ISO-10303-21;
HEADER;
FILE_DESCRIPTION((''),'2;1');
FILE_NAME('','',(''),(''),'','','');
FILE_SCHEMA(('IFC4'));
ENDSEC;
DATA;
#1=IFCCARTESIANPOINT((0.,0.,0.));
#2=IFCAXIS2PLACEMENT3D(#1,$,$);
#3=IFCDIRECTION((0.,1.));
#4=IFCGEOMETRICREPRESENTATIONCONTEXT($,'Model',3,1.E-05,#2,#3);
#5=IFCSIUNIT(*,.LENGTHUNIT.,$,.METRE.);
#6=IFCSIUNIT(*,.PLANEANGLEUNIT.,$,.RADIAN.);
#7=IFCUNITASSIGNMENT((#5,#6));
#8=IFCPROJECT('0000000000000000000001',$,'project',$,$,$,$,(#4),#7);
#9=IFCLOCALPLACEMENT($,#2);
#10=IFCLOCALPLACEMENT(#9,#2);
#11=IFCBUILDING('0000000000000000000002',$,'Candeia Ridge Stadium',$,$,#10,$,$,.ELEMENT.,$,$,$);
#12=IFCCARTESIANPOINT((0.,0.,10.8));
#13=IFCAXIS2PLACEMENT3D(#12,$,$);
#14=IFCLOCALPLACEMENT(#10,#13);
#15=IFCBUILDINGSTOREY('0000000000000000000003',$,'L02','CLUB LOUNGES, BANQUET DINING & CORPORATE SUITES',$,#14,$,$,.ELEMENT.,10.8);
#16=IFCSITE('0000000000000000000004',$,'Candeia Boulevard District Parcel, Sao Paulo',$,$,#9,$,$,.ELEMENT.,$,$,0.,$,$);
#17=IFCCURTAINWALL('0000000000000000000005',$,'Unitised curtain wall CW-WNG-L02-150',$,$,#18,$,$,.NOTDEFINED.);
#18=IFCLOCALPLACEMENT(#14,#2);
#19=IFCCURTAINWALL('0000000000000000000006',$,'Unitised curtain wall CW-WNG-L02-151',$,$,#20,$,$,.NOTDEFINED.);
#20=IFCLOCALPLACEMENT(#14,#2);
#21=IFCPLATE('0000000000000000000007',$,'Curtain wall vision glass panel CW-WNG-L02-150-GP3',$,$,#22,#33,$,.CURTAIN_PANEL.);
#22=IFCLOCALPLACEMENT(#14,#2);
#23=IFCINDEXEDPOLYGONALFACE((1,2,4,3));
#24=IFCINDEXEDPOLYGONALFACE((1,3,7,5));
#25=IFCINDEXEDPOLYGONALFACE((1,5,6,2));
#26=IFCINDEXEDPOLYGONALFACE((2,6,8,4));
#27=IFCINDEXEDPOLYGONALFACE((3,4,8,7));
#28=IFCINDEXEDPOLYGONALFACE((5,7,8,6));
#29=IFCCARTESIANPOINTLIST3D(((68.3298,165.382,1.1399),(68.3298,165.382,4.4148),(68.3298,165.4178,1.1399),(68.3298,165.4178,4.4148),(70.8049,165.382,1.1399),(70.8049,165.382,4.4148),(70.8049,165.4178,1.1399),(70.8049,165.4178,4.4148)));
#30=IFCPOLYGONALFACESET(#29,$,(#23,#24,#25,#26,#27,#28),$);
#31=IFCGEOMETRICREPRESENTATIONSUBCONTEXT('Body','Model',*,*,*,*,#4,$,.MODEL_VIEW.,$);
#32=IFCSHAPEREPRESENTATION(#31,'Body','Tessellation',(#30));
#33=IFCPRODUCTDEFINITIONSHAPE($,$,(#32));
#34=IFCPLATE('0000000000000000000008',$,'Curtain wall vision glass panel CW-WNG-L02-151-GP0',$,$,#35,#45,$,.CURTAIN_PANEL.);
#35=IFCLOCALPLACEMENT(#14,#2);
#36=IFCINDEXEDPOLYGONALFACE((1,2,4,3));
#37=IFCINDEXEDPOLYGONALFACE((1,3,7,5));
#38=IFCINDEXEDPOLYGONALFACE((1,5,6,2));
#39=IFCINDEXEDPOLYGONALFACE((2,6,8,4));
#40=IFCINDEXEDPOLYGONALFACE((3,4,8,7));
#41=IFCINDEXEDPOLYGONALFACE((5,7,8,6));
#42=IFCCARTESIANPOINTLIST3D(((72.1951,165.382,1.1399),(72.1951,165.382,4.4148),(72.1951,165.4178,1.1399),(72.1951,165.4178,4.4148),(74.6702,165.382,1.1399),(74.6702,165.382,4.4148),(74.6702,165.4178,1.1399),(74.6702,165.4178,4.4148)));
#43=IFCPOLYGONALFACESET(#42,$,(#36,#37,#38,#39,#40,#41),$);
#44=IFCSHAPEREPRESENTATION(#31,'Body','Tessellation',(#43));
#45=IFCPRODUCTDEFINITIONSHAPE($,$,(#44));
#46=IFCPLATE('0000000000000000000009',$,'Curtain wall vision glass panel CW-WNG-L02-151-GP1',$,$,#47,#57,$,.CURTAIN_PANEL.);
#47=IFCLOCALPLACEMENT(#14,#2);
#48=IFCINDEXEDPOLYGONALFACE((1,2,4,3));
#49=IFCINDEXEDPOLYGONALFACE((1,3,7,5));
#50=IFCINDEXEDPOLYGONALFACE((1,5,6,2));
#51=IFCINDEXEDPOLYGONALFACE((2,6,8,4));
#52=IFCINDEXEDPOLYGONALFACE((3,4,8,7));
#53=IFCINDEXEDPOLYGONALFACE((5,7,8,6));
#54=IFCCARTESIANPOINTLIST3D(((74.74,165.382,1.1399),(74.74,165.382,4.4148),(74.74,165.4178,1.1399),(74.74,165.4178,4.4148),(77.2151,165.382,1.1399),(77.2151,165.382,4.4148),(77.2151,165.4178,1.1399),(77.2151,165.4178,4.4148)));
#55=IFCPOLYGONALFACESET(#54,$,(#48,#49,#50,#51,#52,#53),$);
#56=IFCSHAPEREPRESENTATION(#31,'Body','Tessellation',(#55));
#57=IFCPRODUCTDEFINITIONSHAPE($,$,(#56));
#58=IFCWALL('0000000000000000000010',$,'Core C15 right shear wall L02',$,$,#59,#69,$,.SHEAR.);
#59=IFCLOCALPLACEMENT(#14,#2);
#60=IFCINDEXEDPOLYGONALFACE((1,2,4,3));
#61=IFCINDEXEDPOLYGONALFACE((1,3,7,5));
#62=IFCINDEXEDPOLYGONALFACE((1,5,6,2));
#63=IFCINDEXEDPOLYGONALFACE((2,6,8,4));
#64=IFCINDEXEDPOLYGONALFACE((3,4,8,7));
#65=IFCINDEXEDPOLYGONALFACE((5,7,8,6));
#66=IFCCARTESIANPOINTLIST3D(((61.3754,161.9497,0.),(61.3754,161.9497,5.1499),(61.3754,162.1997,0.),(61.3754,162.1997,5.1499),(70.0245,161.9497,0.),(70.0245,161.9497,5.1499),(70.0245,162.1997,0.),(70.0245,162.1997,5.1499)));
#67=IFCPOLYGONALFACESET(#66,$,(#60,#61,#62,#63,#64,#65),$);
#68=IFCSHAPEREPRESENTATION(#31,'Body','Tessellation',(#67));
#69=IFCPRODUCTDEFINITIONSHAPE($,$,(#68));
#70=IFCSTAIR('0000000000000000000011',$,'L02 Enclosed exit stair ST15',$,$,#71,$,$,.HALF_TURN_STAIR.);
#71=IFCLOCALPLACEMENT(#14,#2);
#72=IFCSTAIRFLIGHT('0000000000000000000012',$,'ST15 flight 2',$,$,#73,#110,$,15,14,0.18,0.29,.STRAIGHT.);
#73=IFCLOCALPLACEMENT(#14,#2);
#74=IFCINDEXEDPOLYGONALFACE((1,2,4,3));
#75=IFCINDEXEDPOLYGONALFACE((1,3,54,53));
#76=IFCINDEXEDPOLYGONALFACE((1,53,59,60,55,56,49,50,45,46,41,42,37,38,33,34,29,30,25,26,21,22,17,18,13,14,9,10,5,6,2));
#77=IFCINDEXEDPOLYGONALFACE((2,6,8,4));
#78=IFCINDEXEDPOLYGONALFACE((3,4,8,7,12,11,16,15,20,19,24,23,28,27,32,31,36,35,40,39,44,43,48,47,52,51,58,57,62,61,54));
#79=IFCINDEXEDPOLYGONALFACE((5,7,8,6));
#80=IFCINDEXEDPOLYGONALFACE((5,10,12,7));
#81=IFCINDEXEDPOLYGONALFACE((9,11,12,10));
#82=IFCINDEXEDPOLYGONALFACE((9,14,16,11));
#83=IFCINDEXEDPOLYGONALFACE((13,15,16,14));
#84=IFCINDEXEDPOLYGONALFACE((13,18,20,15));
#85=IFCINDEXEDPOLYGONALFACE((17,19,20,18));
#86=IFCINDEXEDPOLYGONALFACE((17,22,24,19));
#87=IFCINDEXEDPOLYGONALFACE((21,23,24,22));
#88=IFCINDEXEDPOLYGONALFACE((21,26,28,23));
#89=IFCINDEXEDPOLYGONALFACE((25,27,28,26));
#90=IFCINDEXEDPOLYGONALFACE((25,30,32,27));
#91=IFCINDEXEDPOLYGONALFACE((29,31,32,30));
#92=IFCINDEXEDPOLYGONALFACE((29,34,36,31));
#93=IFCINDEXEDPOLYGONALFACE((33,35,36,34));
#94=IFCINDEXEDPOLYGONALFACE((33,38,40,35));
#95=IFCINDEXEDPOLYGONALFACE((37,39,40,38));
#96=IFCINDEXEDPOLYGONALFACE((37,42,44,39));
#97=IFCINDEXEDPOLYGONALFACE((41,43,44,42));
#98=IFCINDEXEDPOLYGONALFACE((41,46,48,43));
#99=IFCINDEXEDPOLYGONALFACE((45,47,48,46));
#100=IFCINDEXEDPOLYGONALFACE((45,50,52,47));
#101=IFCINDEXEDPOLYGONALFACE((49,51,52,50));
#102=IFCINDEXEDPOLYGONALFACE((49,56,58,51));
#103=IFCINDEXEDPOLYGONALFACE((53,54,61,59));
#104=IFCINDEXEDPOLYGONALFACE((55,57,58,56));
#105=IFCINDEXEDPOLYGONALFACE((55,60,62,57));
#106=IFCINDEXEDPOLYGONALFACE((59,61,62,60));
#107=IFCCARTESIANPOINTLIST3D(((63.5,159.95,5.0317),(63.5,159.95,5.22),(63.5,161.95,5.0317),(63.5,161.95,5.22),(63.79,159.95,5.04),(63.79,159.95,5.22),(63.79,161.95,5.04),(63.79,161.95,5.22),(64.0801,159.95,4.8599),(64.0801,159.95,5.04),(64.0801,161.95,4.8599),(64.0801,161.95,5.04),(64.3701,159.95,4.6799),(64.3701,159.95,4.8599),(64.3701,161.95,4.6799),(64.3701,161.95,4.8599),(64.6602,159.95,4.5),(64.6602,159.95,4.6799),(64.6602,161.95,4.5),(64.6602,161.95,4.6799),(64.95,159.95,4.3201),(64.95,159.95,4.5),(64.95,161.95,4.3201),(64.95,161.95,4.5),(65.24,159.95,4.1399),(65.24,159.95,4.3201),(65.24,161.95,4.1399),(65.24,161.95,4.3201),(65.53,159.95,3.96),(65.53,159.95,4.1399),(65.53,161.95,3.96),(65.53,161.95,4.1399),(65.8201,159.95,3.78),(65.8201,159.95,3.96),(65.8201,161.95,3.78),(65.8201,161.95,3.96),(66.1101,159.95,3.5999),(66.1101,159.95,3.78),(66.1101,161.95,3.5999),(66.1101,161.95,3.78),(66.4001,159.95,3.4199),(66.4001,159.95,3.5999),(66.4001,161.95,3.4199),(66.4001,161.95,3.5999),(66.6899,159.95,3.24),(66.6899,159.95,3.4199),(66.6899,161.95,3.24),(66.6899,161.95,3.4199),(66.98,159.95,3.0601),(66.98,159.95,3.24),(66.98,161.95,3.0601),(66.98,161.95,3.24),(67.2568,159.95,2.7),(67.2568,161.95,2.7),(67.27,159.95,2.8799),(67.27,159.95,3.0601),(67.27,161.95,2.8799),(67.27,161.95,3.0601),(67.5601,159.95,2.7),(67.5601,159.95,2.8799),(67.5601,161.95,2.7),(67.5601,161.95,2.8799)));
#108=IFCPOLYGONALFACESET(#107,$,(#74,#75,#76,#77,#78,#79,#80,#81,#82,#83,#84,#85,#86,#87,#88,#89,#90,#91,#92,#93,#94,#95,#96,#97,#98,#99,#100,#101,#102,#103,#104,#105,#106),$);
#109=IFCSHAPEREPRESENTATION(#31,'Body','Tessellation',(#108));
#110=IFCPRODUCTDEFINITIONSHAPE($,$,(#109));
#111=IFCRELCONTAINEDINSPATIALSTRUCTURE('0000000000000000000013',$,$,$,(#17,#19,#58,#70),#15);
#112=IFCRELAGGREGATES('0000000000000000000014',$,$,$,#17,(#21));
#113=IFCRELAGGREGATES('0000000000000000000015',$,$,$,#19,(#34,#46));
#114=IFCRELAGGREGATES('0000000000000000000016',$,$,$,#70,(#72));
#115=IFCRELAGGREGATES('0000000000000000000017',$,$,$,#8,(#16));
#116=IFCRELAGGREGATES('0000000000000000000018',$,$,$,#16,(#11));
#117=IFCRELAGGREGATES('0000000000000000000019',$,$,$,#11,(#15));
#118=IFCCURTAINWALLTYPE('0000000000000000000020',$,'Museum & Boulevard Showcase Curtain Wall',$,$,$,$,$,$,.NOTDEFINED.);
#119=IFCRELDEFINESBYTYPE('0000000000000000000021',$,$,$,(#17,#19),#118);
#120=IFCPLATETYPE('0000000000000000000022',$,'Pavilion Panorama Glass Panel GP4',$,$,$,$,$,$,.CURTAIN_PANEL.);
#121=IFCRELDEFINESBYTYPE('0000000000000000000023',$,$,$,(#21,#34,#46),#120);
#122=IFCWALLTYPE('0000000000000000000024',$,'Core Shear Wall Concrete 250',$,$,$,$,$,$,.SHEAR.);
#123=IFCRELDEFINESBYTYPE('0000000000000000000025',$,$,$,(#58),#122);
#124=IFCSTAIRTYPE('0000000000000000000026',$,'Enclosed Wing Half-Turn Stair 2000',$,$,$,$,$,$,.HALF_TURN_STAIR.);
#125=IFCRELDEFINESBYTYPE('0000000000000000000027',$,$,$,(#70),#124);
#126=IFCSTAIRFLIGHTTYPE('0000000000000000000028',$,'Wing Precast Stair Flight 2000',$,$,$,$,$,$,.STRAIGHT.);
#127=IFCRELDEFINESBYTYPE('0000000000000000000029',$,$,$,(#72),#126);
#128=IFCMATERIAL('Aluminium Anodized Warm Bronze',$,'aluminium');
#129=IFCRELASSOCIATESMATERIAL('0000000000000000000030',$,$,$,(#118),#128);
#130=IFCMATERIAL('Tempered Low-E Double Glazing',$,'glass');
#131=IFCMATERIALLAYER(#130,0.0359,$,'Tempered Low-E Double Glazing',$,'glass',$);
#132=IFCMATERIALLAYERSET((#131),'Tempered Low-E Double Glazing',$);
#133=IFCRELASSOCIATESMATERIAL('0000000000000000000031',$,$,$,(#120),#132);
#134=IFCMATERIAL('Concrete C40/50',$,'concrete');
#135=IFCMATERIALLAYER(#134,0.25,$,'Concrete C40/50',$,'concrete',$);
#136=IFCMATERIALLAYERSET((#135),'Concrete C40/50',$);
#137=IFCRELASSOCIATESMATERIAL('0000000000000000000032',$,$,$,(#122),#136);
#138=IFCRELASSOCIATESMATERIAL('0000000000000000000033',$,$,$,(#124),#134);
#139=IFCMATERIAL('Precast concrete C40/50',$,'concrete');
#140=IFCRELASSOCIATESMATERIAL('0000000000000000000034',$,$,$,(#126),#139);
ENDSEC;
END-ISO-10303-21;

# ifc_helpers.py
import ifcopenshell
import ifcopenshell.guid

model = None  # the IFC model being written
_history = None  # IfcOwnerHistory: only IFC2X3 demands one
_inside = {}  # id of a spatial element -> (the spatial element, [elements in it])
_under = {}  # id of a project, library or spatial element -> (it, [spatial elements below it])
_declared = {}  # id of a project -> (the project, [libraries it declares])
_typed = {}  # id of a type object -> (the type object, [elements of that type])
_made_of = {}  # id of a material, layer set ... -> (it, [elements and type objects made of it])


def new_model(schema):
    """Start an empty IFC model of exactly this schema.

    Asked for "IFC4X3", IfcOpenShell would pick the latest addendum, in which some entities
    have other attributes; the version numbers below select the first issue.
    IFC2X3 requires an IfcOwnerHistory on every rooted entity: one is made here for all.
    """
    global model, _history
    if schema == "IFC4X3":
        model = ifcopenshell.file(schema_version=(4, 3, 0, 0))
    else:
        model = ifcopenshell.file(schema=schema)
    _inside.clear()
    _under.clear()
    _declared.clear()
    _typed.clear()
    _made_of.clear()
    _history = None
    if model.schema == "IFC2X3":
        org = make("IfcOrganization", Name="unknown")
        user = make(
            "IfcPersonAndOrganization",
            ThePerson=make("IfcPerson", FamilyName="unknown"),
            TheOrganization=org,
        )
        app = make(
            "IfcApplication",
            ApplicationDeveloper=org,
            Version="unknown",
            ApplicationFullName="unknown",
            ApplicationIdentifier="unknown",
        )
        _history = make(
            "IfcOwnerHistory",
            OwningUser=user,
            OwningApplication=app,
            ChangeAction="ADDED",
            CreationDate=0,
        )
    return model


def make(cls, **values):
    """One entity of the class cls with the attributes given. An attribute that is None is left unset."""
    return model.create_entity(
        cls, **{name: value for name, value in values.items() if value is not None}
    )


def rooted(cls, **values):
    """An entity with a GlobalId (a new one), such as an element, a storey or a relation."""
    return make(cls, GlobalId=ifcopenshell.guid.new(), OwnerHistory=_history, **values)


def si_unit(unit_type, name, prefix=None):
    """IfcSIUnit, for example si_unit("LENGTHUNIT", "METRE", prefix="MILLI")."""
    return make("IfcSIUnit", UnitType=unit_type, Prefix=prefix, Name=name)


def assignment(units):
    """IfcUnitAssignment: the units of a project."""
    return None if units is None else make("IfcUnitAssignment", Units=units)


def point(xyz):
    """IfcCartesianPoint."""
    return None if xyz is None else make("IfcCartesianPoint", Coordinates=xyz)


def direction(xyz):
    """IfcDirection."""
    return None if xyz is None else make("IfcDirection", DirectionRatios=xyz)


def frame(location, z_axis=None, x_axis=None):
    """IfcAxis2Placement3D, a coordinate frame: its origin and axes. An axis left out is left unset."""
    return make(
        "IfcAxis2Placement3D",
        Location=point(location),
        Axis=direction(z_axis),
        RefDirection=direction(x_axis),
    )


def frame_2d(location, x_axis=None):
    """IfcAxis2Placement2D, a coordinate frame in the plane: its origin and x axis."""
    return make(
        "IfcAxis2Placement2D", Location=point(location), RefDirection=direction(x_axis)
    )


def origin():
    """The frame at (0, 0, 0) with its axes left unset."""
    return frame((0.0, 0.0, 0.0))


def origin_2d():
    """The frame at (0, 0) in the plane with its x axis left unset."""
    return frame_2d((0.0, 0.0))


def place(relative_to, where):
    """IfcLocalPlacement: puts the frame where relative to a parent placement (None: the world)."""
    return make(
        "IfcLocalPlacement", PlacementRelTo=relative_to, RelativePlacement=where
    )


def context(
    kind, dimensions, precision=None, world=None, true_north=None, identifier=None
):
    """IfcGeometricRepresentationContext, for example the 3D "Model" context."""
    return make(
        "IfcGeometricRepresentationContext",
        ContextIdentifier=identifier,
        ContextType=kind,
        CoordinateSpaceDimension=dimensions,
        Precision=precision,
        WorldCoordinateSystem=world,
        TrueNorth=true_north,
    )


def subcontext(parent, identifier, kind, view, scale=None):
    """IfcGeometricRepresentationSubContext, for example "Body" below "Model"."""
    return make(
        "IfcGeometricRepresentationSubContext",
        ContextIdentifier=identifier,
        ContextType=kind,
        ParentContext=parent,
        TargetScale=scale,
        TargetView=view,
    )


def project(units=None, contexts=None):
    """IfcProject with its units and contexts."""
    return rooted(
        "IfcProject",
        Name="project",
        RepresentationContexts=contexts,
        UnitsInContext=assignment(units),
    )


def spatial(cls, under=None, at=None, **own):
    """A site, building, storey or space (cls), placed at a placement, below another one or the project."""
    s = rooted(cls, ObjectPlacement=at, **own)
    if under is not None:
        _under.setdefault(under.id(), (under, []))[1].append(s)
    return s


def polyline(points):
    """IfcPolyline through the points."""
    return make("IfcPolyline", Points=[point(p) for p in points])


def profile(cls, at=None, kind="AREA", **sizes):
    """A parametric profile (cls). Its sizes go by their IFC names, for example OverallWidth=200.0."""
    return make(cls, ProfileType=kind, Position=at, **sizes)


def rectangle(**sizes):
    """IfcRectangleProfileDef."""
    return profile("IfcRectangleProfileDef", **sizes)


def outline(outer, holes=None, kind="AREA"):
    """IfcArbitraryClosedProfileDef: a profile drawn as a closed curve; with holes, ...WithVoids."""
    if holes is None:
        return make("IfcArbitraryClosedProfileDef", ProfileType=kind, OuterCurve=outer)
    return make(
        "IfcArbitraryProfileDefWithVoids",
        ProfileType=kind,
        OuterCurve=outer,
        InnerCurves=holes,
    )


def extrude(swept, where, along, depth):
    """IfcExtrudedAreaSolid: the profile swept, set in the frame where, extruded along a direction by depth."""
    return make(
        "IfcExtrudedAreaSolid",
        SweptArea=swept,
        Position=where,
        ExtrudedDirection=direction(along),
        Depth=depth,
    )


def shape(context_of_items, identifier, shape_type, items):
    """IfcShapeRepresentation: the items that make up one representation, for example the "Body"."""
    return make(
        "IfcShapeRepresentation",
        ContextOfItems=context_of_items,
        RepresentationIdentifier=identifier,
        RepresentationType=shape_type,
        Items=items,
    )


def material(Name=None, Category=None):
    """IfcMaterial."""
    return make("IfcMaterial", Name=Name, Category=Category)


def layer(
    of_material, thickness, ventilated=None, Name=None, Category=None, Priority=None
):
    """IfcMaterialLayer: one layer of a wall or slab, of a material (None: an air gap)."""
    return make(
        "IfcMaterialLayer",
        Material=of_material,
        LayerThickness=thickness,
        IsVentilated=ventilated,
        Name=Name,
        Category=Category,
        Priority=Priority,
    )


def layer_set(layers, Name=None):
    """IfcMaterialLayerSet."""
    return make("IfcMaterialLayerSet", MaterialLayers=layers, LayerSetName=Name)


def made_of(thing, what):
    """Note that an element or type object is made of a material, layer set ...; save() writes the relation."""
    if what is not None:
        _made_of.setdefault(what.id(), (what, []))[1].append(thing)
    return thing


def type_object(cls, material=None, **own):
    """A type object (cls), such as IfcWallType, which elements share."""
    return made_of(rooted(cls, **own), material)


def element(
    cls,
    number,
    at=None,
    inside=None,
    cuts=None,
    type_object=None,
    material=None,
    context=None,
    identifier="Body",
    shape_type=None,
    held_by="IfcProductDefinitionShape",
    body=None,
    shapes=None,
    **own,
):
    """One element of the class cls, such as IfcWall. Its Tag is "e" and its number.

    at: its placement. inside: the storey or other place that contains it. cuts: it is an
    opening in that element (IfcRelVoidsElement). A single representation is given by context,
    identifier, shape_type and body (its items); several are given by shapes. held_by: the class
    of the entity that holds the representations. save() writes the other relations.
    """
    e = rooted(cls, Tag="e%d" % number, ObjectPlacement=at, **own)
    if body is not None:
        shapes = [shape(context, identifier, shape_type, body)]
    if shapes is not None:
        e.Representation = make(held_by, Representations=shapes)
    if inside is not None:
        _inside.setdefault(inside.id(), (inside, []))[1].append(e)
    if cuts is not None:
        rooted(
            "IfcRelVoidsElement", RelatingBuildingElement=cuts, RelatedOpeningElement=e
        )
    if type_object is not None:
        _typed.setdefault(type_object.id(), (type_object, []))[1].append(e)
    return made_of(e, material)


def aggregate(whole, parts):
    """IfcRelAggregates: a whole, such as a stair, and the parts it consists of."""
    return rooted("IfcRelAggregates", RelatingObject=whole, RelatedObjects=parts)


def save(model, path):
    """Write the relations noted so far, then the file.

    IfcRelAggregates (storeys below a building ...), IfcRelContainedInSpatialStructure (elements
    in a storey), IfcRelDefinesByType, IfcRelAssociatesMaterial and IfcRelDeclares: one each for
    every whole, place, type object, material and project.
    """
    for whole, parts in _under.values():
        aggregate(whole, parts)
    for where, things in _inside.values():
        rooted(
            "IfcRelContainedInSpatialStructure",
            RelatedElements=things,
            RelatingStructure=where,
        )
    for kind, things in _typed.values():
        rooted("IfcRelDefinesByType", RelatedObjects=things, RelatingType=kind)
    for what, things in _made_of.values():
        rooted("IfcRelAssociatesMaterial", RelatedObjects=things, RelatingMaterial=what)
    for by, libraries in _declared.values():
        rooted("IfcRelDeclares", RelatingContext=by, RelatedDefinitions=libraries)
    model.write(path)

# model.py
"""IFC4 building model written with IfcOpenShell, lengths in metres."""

from ifc_helpers import new_model, si_unit, direction, frame, frame_2d, origin, origin_2d, place, context, subcontext, project, spatial, polyline, rectangle, outline, extrude, material, layer, layer_set, type_object, element, aggregate, save


model = new_model("IFC4")

# Units and contexts
model_context = context("Model", 3, precision=1e-05, world=origin(), true_north=direction((0.0, 1.0)))
body_context = subcontext(model_context, "Body", "Model", "MODEL_VIEW")
ifc_project = project(units=[si_unit("LENGTHUNIT", "METRE"), si_unit("PLANEANGLEUNIT", "RADIAN")], contexts=[model_context])

# Site, building, storey
site_placement = place(None, origin())
site = spatial("IfcSite", under=ifc_project, at=site_placement, Name="Candeia Boulevard District Parcel, Sao Paulo", CompositionType="ELEMENT", RefElevation=0.0)
building_placement = place(site_placement, origin())
building = spatial("IfcBuilding", under=site, at=building_placement, Name="Candeia Ridge Stadium", CompositionType="ELEMENT")
storey_placement = place(building_placement, frame((0.0, 0.0, 10.8)))
storey = spatial("IfcBuildingStorey", under=building, at=storey_placement, Name="L02", Description="CLUB LOUNGES, BANQUET DINING & CORPORATE SUITES", CompositionType="ELEMENT", Elevation=10.8)

# Shared definitions
ifc_material_1 = material(Name="Concrete C40/50", Category="concrete")

# Curtain walls
ifc_material_2 = material(Name="Aluminium Anodized Warm Bronze", Category="aluminium")
curtain_wall_type = type_object("IfcCurtainWallType", Name="Museum & Boulevard Showcase Curtain Wall", PredefinedType="NOTDEFINED", material=ifc_material_2)
curtain_wall_1_placement = place(storey_placement, origin())
curtain_wall_1 = element("IfcCurtainWall", 1, at=curtain_wall_1_placement, inside=storey, type_object=curtain_wall_type, Name="Unitised curtain wall CW-WNG-L02-150", PredefinedType="NOTDEFINED")
curtain_wall_2_placement = place(storey_placement, origin())
curtain_wall_2 = element("IfcCurtainWall", 2, at=curtain_wall_2_placement, inside=storey, type_object=curtain_wall_type, Name="Unitised curtain wall CW-WNG-L02-151", PredefinedType="NOTDEFINED")

# Plates
ifc_material_3 = material(Name="Tempered Low-E Double Glazing", Category="glass")
ifc_layer_1 = layer(ifc_material_3, 0.0359, Name="Tempered Low-E Double Glazing", Category="glass")
ifc_layer_set_1 = layer_set([ifc_layer_1], Name="Tempered Low-E Double Glazing")
plate_type_1 = type_object("IfcPlateType", Name="Pavilion Panorama Glass Panel GP4", PredefinedType="CURTAIN_PANEL", material=ifc_layer_set_1)
plate_1_placement = place(storey_placement, frame((69.5674, 165.3999, 1.1399), z_axis=(0.0, 0.0, 1.0), x_axis=(1.0, 0.0, 0.0)))
plate_1 = element("IfcPlate", 3, at=plate_1_placement, type_object=plate_type_1, Name="Curtain wall vision glass panel CW-WNG-L02-150-GP3", PredefinedType="CURTAIN_PANEL", context=body_context, shape_type="SweptSolid", body=[
    extrude(rectangle(XDim=2.4751, YDim=0.0359, at=origin_2d()), origin(), (0.0, 0.0, 1.0), 3.2749),
])
aggregate(curtain_wall_1, [plate_1])
plate_2_placement = place(storey_placement, frame((73.4326, 165.3999, 1.1399), z_axis=(0.0, 0.0, 1.0), x_axis=(1.0, 0.0, 0.0)))
plate_2 = element("IfcPlate", 4, at=plate_2_placement, type_object=plate_type_1, Name="Curtain wall vision glass panel CW-WNG-L02-151-GP0", PredefinedType="CURTAIN_PANEL", context=body_context, shape_type="SweptSolid", body=[
    extrude(rectangle(XDim=2.4751, YDim=0.0359, at=origin_2d()), origin(), (0.0, 0.0, 1.0), 3.2749),
])
plate_3_placement = place(storey_placement, frame((75.9775, 165.3999, 1.1399), z_axis=(0.0, 0.0, 1.0), x_axis=(1.0, 0.0, 0.0)))
plate_3 = element("IfcPlate", 5, at=plate_3_placement, type_object=plate_type_1, Name="Curtain wall vision glass panel CW-WNG-L02-151-GP1", PredefinedType="CURTAIN_PANEL", context=body_context, shape_type="SweptSolid", body=[
    extrude(rectangle(XDim=2.4751, YDim=0.0359, at=origin_2d()), origin(), (0.0, 0.0, 1.0), 3.2749),
])
aggregate(curtain_wall_2, [plate_2, plate_3])

# Wall
ifc_layer_2 = layer(ifc_material_1, 0.25, Name="Concrete C40/50", Category="concrete")
ifc_layer_set_2 = layer_set([ifc_layer_2], Name="Concrete C40/50")
wall_type = type_object("IfcWallType", Name="Core Shear Wall Concrete 250", PredefinedType="SHEAR", material=ifc_layer_set_2)
wall_placement = place(storey_placement, frame((70.0247, 162.0747, 0.0), z_axis=(0.0, 0.0, 1.0), x_axis=(-1.0, 0.0, 0.0)))
element("IfcWall", 6, at=wall_placement, inside=storey, type_object=wall_type, Name="Core C15 right shear wall L02", PredefinedType="SHEAR", context=body_context, shape_type="SweptSolid", body=[
    extrude(rectangle(XDim=8.6492, YDim=0.25, at=frame_2d((4.3247, 0.0))), origin(), (0.0, 0.0, 1.0), 5.1499),
])

# Stair, stair flight
stair_type = type_object("IfcStairType", Name="Enclosed Wing Half-Turn Stair 2000", PredefinedType="HALF_TURN_STAIR", material=ifc_material_1)
stair_placement = place(storey_placement, origin())
stair = element("IfcStair", 7, at=stair_placement, inside=storey, type_object=stair_type, Name="L02 Enclosed exit stair ST15", PredefinedType="HALF_TURN_STAIR")
ifc_material_4 = material(Name="Precast concrete C40/50", Category="concrete")
stair_flight_type = type_object("IfcStairFlightType", Name="Wing Precast Stair Flight 2000", PredefinedType="STRAIGHT", material=ifc_material_4)
stair_flight_placement = place(storey_placement, frame((67.5601, 160.95, 2.7), z_axis=(0.0, 0.0, 1.0), x_axis=(-1.0, 0.0, 0.0)))
stair_flight = element("IfcStairFlight", 8, at=stair_flight_placement, type_object=stair_flight_type, Name="ST15 flight 2", NumberOfRisers=15, NumberOfTreads=14, PredefinedType="STRAIGHT", RiserHeight=0.18, TreadLength=0.29, context=body_context, shape_type="SweptSolid", body=[
    extrude(outline(polyline([(0.0, 0.0), (0.0, 0.1799), (0.29, 0.1799), (0.29, 0.3601), (0.5801, 0.3601), (0.5801, 0.54), (0.8701, 0.54), (0.8701, 0.72), (1.1599, 0.72), (1.1599, 0.8999), (1.45, 0.8999), (1.45, 1.0801), (1.74, 1.0801), (1.74, 1.26), (2.03, 1.26), (2.03, 1.4399), (2.3201, 1.4399), (2.3201, 1.6201), (2.6101, 1.6201), (2.6101, 1.8), (2.8999, 1.8), (2.8999, 1.98), (3.1899, 1.98), (3.1899, 2.1599), (3.48, 2.1599), (3.48, 2.3401), (3.77, 2.3401), (3.77, 2.52), (4.0601, 2.52), (4.0601, 2.7), (4.0601, 2.3318), (0.3032, 0.0), (0.0, 0.0)])), frame((0.0, 1.0, 0.0), z_axis=(0.0, -1.0, 0.0), x_axis=(1.0, 0.0, 0.0)), (0.0, 0.0, 1.0), 2.0),
])
aggregate(stair, [stair_flight])

save(model, "model.ifc")
